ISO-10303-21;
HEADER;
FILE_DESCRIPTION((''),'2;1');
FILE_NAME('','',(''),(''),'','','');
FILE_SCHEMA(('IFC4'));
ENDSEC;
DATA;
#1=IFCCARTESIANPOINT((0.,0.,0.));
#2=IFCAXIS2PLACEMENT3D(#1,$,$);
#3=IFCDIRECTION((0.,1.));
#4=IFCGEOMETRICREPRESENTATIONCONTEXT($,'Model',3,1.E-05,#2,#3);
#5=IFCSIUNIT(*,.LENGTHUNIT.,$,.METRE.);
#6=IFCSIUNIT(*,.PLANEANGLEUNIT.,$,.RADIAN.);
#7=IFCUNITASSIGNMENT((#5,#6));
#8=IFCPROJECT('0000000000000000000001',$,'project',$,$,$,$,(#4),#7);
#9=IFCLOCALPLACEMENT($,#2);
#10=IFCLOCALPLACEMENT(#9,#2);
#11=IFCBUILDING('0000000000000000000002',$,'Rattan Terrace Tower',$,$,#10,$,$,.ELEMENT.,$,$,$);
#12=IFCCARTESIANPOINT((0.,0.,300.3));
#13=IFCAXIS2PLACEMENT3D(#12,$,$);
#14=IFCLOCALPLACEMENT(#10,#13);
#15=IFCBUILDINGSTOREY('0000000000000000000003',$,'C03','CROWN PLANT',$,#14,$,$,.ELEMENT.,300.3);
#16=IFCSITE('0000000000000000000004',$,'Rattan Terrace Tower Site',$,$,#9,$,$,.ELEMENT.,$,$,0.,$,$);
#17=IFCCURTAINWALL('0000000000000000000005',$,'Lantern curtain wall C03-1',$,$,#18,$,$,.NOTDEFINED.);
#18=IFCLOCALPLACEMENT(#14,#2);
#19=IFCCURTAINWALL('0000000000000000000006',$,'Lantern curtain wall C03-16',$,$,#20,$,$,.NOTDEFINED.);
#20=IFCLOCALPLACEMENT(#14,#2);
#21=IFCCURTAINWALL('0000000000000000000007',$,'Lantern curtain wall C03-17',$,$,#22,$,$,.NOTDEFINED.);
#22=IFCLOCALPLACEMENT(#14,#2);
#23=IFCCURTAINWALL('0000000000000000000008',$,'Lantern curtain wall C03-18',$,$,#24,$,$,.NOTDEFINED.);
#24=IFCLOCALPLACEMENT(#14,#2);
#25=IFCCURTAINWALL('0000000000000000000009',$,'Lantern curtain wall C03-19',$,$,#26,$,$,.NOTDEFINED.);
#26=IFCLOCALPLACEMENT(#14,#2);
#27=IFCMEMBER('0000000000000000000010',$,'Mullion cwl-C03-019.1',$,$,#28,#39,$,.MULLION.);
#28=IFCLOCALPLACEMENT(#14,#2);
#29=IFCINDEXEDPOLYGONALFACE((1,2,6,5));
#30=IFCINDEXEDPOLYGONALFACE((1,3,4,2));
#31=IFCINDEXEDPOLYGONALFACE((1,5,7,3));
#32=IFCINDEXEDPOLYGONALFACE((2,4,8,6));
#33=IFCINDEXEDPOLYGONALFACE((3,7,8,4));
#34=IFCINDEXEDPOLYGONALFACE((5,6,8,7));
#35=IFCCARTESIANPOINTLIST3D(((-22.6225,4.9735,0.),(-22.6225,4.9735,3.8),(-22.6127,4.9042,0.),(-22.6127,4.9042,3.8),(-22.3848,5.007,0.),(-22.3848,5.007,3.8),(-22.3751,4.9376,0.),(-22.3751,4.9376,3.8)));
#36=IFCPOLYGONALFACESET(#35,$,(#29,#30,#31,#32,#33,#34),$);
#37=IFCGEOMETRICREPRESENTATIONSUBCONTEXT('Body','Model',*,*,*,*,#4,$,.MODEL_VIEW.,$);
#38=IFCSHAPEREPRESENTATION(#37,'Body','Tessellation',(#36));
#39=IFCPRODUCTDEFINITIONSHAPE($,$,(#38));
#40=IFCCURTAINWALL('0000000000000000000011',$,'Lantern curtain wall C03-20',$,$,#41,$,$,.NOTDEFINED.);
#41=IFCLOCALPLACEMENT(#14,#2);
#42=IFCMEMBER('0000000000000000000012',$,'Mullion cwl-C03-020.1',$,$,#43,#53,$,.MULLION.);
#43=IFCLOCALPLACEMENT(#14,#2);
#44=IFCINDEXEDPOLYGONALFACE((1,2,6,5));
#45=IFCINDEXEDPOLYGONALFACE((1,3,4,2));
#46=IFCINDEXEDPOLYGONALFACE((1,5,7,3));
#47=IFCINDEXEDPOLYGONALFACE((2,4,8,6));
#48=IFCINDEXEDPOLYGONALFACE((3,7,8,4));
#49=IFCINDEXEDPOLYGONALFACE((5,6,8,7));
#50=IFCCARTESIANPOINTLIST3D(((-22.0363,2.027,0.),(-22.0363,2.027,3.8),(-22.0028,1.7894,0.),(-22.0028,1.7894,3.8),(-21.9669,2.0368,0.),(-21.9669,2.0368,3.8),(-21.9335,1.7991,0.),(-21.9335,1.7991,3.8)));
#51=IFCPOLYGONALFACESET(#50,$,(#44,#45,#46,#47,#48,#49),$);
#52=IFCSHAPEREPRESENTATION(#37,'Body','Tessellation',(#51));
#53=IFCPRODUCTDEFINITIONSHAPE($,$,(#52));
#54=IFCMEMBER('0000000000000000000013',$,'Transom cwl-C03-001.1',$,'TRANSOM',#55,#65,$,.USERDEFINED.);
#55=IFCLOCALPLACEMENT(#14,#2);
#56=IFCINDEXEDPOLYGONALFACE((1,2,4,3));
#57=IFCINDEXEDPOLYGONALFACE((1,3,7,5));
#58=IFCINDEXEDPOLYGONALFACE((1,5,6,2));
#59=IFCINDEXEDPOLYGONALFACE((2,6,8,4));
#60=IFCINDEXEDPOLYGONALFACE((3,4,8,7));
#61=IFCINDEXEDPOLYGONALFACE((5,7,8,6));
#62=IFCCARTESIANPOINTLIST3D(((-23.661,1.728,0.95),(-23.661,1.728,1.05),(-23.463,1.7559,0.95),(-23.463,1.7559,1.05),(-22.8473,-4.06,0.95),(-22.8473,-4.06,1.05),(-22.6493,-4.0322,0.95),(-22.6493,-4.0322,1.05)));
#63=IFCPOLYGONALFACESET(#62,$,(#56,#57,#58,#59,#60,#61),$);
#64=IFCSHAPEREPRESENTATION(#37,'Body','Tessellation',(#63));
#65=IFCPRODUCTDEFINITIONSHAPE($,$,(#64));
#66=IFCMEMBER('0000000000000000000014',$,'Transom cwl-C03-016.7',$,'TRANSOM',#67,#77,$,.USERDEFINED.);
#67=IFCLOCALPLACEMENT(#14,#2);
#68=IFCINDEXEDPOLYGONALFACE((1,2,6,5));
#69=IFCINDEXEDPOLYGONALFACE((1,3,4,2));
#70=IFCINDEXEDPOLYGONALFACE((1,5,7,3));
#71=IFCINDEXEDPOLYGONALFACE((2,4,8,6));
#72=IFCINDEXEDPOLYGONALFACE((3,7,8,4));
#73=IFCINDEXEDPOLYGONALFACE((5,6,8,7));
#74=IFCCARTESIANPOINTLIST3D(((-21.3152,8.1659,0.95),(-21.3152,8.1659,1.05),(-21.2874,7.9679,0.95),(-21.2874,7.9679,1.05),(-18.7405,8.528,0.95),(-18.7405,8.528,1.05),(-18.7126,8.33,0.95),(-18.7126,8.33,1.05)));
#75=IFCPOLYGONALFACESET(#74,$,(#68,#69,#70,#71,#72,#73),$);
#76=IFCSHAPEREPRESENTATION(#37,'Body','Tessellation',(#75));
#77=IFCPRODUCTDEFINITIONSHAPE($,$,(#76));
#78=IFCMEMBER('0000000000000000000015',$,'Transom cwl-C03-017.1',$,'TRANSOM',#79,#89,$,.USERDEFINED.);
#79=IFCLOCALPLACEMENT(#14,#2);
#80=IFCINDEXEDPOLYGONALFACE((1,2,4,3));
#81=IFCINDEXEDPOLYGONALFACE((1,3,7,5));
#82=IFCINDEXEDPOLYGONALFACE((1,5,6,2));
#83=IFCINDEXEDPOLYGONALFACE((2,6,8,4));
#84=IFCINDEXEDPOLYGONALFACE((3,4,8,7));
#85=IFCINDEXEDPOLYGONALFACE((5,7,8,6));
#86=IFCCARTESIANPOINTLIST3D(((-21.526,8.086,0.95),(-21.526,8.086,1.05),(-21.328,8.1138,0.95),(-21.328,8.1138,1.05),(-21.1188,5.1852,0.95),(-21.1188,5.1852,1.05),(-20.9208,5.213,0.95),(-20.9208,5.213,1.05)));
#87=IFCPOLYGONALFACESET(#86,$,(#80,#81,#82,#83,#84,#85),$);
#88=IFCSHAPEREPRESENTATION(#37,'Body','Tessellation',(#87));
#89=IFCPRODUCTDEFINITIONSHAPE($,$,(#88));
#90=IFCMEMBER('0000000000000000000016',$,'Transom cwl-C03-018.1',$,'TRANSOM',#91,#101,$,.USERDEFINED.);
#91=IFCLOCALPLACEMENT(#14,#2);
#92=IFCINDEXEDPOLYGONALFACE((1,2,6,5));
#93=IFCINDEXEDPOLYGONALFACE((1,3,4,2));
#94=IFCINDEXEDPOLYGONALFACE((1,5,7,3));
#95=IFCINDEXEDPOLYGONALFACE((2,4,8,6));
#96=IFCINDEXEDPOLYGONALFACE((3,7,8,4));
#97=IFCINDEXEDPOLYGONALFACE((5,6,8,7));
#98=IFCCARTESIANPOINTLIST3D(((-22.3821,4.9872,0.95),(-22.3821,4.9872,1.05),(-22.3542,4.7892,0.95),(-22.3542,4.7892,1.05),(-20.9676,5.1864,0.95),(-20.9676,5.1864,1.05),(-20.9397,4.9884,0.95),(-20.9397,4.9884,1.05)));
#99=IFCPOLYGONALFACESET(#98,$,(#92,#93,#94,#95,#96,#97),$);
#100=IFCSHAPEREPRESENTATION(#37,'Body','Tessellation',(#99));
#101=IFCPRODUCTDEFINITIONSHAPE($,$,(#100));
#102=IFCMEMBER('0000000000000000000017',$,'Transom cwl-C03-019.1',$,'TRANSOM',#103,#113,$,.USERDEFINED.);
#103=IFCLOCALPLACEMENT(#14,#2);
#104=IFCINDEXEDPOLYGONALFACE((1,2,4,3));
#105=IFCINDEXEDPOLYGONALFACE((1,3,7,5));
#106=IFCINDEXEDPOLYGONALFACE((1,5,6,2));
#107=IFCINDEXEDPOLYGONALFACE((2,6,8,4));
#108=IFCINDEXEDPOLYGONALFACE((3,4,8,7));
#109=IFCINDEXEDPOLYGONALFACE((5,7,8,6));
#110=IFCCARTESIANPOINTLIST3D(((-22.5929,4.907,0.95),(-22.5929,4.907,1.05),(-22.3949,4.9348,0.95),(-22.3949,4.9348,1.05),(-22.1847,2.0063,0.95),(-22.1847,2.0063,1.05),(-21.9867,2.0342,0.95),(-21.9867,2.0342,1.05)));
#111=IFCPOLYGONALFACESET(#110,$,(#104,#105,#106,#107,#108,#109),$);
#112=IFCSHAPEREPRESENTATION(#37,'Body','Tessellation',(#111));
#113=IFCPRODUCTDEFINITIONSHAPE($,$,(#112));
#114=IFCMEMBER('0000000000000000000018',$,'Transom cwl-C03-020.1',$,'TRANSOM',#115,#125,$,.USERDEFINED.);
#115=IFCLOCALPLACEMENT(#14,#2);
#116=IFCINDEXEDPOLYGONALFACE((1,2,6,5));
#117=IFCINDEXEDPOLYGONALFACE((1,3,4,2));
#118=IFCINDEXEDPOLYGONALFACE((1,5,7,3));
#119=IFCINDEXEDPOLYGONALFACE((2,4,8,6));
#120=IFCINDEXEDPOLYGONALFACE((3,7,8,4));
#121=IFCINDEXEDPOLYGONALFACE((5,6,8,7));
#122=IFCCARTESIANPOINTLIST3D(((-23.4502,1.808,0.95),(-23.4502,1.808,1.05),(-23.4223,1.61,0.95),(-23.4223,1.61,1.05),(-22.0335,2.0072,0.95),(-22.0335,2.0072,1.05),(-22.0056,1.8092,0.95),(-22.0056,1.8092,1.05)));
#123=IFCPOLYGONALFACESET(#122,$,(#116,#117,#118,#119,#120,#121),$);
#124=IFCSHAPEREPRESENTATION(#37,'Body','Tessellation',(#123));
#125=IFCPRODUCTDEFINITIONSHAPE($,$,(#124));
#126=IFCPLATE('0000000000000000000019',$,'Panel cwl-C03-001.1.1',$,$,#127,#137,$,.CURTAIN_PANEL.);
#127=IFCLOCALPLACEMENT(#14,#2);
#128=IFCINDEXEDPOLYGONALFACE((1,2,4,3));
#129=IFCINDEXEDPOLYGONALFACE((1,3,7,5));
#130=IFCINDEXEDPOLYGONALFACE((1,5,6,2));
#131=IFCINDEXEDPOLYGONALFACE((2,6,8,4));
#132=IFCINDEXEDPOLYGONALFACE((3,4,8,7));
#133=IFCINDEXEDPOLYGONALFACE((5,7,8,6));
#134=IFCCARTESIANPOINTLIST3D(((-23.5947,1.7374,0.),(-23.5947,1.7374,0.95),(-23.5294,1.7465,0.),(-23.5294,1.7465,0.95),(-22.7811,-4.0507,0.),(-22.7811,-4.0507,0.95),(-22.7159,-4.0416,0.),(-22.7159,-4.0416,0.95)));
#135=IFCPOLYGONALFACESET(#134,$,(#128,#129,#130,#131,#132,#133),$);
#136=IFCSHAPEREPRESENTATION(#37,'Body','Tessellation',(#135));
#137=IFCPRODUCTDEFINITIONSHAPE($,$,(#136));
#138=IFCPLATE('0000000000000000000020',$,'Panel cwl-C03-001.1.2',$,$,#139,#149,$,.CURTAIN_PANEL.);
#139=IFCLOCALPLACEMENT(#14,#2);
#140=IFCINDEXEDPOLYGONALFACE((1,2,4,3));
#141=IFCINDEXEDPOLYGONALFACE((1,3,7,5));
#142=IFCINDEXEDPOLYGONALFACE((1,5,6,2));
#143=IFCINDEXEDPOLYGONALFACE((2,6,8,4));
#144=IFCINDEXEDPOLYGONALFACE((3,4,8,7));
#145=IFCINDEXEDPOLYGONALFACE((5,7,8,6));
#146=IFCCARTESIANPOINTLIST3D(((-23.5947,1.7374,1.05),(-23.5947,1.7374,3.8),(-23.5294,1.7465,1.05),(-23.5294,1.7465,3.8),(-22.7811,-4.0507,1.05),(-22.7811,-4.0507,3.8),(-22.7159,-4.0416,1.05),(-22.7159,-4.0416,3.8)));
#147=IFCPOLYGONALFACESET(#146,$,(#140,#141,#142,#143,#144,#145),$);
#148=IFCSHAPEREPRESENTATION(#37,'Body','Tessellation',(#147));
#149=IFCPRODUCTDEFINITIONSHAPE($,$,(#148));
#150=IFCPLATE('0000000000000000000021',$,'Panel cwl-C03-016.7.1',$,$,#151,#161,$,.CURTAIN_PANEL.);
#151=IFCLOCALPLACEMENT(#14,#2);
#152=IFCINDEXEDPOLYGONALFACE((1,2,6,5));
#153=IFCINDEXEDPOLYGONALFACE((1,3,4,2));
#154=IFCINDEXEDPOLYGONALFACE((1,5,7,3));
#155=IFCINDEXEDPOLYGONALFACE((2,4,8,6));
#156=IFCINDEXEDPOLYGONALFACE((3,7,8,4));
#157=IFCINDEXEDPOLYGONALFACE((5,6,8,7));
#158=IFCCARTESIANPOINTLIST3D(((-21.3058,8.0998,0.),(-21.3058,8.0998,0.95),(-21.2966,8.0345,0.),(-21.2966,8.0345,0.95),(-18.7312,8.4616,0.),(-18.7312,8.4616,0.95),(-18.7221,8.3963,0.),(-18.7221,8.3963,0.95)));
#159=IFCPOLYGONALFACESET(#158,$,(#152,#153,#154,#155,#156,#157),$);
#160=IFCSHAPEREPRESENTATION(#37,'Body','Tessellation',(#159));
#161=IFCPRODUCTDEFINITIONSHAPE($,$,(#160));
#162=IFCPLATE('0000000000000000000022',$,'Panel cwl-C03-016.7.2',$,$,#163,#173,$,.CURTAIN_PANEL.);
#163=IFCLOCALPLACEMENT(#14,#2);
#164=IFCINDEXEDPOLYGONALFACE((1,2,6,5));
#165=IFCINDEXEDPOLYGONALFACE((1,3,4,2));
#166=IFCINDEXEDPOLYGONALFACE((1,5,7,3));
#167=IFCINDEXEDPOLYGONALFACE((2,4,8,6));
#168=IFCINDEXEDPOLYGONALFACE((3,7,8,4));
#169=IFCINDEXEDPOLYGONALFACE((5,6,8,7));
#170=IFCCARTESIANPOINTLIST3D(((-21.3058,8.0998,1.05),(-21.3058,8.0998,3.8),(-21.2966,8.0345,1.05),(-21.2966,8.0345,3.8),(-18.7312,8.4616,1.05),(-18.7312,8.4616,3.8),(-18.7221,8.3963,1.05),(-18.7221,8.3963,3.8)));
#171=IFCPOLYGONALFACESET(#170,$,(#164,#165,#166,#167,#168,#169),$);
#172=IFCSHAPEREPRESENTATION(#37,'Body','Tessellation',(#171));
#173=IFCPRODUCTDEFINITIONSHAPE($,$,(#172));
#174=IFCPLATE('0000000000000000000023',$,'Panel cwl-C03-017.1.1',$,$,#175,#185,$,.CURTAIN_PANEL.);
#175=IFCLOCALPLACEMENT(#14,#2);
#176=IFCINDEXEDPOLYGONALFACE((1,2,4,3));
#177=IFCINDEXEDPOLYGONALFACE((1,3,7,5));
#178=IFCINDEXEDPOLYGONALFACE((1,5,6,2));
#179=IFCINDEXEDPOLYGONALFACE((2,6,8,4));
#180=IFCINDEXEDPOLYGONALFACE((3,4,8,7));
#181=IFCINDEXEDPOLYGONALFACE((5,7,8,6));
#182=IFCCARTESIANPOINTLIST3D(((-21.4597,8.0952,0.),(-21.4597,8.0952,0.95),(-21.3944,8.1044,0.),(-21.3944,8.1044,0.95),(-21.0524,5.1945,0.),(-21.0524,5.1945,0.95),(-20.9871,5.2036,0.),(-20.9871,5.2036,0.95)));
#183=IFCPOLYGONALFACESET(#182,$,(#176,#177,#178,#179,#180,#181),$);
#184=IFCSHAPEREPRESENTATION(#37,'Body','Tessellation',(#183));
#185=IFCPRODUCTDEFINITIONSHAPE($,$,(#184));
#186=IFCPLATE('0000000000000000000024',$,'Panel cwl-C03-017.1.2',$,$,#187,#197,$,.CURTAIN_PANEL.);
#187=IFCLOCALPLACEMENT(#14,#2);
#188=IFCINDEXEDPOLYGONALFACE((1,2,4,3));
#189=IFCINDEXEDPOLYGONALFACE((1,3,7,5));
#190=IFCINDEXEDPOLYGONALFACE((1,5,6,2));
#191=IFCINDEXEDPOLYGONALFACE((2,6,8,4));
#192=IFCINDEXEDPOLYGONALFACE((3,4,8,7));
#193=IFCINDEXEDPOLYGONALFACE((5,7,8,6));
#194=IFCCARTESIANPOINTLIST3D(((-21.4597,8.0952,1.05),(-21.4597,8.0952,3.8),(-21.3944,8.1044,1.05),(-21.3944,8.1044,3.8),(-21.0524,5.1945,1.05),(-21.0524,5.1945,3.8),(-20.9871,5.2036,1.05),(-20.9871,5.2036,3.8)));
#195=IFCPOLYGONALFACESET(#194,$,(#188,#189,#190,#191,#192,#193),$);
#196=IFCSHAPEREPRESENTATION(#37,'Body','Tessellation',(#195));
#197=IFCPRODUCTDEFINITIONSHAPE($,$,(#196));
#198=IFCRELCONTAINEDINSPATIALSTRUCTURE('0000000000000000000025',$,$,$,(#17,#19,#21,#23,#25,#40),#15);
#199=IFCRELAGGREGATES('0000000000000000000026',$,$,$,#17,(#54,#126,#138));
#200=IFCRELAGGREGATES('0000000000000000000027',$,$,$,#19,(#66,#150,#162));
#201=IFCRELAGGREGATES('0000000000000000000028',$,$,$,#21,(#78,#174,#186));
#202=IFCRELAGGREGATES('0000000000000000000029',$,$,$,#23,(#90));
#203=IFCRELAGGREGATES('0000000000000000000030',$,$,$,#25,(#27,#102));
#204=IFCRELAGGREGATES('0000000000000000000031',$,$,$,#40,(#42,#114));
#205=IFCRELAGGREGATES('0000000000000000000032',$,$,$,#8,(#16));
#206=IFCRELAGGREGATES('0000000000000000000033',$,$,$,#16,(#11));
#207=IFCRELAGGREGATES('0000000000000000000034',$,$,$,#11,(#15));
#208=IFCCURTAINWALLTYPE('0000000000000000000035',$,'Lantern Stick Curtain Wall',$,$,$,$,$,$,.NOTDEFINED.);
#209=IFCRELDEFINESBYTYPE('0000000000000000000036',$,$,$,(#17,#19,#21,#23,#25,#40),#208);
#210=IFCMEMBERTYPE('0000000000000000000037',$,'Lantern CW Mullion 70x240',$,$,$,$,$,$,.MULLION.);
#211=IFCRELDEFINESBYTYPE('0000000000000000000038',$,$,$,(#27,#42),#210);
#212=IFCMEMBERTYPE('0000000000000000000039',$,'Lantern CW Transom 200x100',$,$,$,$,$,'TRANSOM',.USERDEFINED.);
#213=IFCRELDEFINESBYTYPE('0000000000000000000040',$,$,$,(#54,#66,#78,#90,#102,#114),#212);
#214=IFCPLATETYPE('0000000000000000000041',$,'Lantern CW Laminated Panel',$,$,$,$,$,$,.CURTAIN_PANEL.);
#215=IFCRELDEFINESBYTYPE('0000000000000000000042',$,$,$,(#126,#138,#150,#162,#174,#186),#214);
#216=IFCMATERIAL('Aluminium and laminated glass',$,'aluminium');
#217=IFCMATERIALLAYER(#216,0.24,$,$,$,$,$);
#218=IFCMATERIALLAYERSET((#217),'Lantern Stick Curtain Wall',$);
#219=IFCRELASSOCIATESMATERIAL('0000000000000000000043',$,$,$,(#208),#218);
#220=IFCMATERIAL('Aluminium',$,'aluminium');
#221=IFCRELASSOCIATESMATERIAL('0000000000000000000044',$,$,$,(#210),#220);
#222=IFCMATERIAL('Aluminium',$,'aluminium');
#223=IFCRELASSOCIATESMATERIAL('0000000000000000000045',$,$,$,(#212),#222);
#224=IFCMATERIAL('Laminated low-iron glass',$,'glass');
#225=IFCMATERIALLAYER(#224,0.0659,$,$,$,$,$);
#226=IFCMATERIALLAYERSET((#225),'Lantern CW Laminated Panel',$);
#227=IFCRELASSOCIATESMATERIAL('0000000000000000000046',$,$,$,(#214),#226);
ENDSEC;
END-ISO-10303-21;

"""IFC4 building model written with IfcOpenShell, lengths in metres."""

from ifc_helpers import new_model, si_unit, direction, frame, origin, origin_2d, place, context, subcontext, project, spatial, rectangle, extrude, material, layer, layer_set, material_profile, profile_set, type_object, element, aggregate, save


model = new_model("IFC4")

# Units and contexts
model_context = context("Model", 3, precision=1e-05, world=origin(), true_north=direction((0.0, 1.0)))
body_context = subcontext(model_context, "Body", "Model", "MODEL_VIEW")
ifc_project = project(units=[si_unit("LENGTHUNIT", "METRE"), si_unit("PLANEANGLEUNIT", "RADIAN")], contexts=[model_context])

# Site, building, storey
site_placement = place(None, origin())
site = spatial("IfcSite", under=ifc_project, at=site_placement, Name="Rattan Terrace Tower Site", CompositionType="ELEMENT", RefElevation=0.0)
building_placement = place(site_placement, origin())
building = spatial("IfcBuilding", under=site, at=building_placement, Name="Rattan Terrace Tower", CompositionType="ELEMENT")
storey_placement = place(building_placement, frame((0.0, 0.0, 300.3)))
storey = spatial("IfcBuildingStorey", under=building, at=storey_placement, Name="C03", Description="CROWN PLANT", CompositionType="ELEMENT", Elevation=300.3)

# Curtain walls, members
ifc_material_1 = material(Name="Aluminium and laminated glass", Category="aluminium")
ifc_layer_1 = layer(ifc_material_1, 0.24)
ifc_layer_set_1 = layer_set([ifc_layer_1], Name="Lantern Stick Curtain Wall")
curtain_wall_type = type_object("IfcCurtainWallType", Name="Lantern Stick Curtain Wall", PredefinedType="NOTDEFINED", material=ifc_layer_set_1)
curtain_wall_1_placement = place(storey_placement, origin())
curtain_wall_1 = element("IfcCurtainWall", 1, at=curtain_wall_1_placement, inside=storey, type_object=curtain_wall_type, Name="Lantern curtain wall C03-1", PredefinedType="NOTDEFINED")
ifc_material_2 = material(Name="Aluminium", Category="aluminium")
ifc_material_profile_1 = material_profile(ifc_material_2, rectangle(XDim=0.0701, YDim=0.24, at=origin_2d()), Name="Aluminium 70x240")
ifc_profile_set_1 = profile_set([ifc_material_profile_1], Name="Aluminium")
member_type_1 = type_object("IfcMemberType", Name="Lantern CW Mullion 70x240", PredefinedType="MULLION", material=ifc_profile_set_1)
curtain_wall_2_placement = place(storey_placement, origin())
curtain_wall_2 = element("IfcCurtainWall", 2, at=curtain_wall_2_placement, inside=storey, type_object=curtain_wall_type, Name="Lantern curtain wall C03-16", PredefinedType="NOTDEFINED")
curtain_wall_3_placement = place(storey_placement, origin())
curtain_wall_3 = element("IfcCurtainWall", 3, at=curtain_wall_3_placement, inside=storey, type_object=curtain_wall_type, Name="Lantern curtain wall C03-17", PredefinedType="NOTDEFINED")
curtain_wall_4_placement = place(storey_placement, origin())
curtain_wall_4 = element("IfcCurtainWall", 4, at=curtain_wall_4_placement, inside=storey, type_object=curtain_wall_type, Name="Lantern curtain wall C03-18", PredefinedType="NOTDEFINED")
curtain_wall_5_placement = place(storey_placement, origin())
curtain_wall_5 = element("IfcCurtainWall", 5, at=curtain_wall_5_placement, inside=storey, type_object=curtain_wall_type, Name="Lantern curtain wall C03-19", PredefinedType="NOTDEFINED")
member_1_placement = place(storey_placement, frame((-22.4988, 4.9556, 0.0), z_axis=(0.0, 0.0, 1.0), x_axis=(0.139367, -0.990241, 0.0)))
member_1 = element("IfcMember", 6, at=member_1_placement, type_object=member_type_1, Name="Mullion cwl-C03-019.1", PredefinedType="MULLION", context=body_context, shape_type="SweptSolid", body=[
    extrude(rectangle(XDim=0.0701, YDim=0.24, at=origin_2d()), origin(), (0.0, 0.0, 1.0), 3.8),
])
curtain_wall_6_placement = place(storey_placement, origin())
curtain_wall_6 = element("IfcCurtainWall", 7, at=curtain_wall_6_placement, inside=storey, type_object=curtain_wall_type, Name="Lantern curtain wall C03-20", PredefinedType="NOTDEFINED")
member_2_placement = place(storey_placement, frame((-21.9849, 1.9131, 0.0), z_axis=(0.0, 0.0, 1.0), x_axis=(-0.990254, -0.139275, 0.0)))
member_2 = element("IfcMember", 8, at=member_2_placement, type_object=member_type_1, Name="Mullion cwl-C03-020.1", PredefinedType="MULLION", context=body_context, shape_type="SweptSolid", body=[
    extrude(rectangle(XDim=0.0701, YDim=0.24, at=origin_2d()), origin(), (0.0, 0.0, 1.0), 3.8),
])

# Members
ifc_material_3 = material(Name="Aluminium", Category="aluminium")
ifc_material_profile_2 = material_profile(ifc_material_3, rectangle(XDim=0.2, YDim=0.1001, at=origin_2d()), Name="Aluminium 200x100")
ifc_profile_set_2 = profile_set([ifc_material_profile_2], Name="Aluminium")
member_type_2 = type_object("IfcMemberType", Name="Lantern CW Transom 200x100", ElementType="TRANSOM", PredefinedType="USERDEFINED", material=ifc_profile_set_2)
member_3_placement = place(storey_placement, frame((-23.562, 1.7419, 1.0), z_axis=(0.139216, -0.990262, 0.0), x_axis=(0.990262, 0.139216, 0.0)))
member_3 = element("IfcMember", 9, at=member_3_placement, type_object=member_type_2, Name="Transom cwl-C03-001.1", ObjectType="TRANSOM", PredefinedType="USERDEFINED", context=body_context, shape_type="SweptSolid", body=[
    extrude(rectangle(XDim=0.2, YDim=0.1001, at=origin_2d()), origin(), (0.0, 0.0, 1.0), 5.845),
])
member_4_placement = place(storey_placement, frame((-18.7266, 8.429, 1.0), z_axis=(-0.990257, -0.139252, 0.0), x_axis=(0.139252, -0.990257, 0.0)))
member_4 = element("IfcMember", 10, at=member_4_placement, type_object=member_type_2, Name="Transom cwl-C03-016.7", ObjectType="TRANSOM", PredefinedType="USERDEFINED", context=body_context, shape_type="SweptSolid", body=[
    extrude(rectangle(XDim=0.2, YDim=0.1001, at=origin_2d()), origin(), (0.0, 0.0, 1.0), 2.6001),
])
member_5_placement = place(storey_placement, frame((-21.427, 8.0999, 1.0), z_axis=(0.139029, -0.990288, 0.0), x_axis=(0.990288, 0.139029, 0.0)))
member_5 = element("IfcMember", 11, at=member_5_placement, type_object=member_type_2, Name="Transom cwl-C03-017.1", ObjectType="TRANSOM", PredefinedType="USERDEFINED", context=body_context, shape_type="SweptSolid", body=[
    extrude(rectangle(XDim=0.2, YDim=0.1001, at=origin_2d()), origin(), (0.0, 0.0, 1.0), 2.9292),
])
member_6_placement = place(storey_placement, frame((-20.9536, 5.0874, 1.0), z_axis=(-0.990228, -0.139459, 0.0), x_axis=(0.139459, -0.990228, 0.0)))
member_6 = element("IfcMember", 12, at=member_6_placement, type_object=member_type_2, Name="Transom cwl-C03-018.1", ObjectType="TRANSOM", PredefinedType="USERDEFINED", context=body_context, shape_type="SweptSolid", body=[
    extrude(rectangle(XDim=0.2, YDim=0.1001, at=origin_2d()), origin(), (0.0, 0.0, 1.0), 1.4285),
])
member_7_placement = place(storey_placement, frame((-22.4939, 4.9209, 1.0), z_axis=(0.139356, -0.990242, 0.0), x_axis=(0.990242, 0.139356, 0.0)))
member_7 = element("IfcMember", 13, at=member_7_placement, type_object=member_type_2, Name="Transom cwl-C03-019.1", ObjectType="TRANSOM", PredefinedType="USERDEFINED", context=body_context, shape_type="SweptSolid", body=[
    extrude(rectangle(XDim=0.2, YDim=0.1001, at=origin_2d()), origin(), (0.0, 0.0, 1.0), 2.9292),
])
member_8_placement = place(storey_placement, frame((-22.0195, 1.9082, 1.0), z_axis=(-0.990258, -0.139247, 0.0), x_axis=(0.139247, -0.990258, 0.0)))
member_8 = element("IfcMember", 14, at=member_8_placement, type_object=member_type_2, Name="Transom cwl-C03-020.1", ObjectType="TRANSOM", PredefinedType="USERDEFINED", context=body_context, shape_type="SweptSolid", body=[
    extrude(rectangle(XDim=0.2, YDim=0.1001, at=origin_2d()), origin(), (0.0, 0.0, 1.0), 1.4307),
])

# Plates
ifc_material_4 = material(Name="Laminated low-iron glass", Category="glass")
ifc_layer_2 = layer(ifc_material_4, 0.0659)
ifc_layer_set_2 = layer_set([ifc_layer_2], Name="Lantern CW Laminated Panel")
plate_type = type_object("IfcPlateType", Name="Lantern CW Laminated Panel", PredefinedType="CURTAIN_PANEL", material=ifc_layer_set_2)
plate_1_placement = place(storey_placement, frame((-23.1553, -1.1521, 0.0), z_axis=(0.0, 0.0, 1.0), x_axis=(0.139188, -0.990266, 0.0)))
plate_1 = element("IfcPlate", 15, at=plate_1_placement, type_object=plate_type, Name="Panel cwl-C03-001.1.1", PredefinedType="CURTAIN_PANEL", context=body_context, shape_type="SweptSolid", body=[
    extrude(rectangle(XDim=5.845, YDim=0.0659, at=origin_2d()), origin(), (0.0, 0.0, 1.0), 0.95),
])
plate_2_placement = place(storey_placement, frame((-23.1553, -1.1521, 1.05), z_axis=(0.0, 0.0, 1.0), x_axis=(0.139188, -0.990266, 0.0)))
plate_2 = element("IfcPlate", 16, at=plate_2_placement, type_object=plate_type, Name="Panel cwl-C03-001.1.2", PredefinedType="CURTAIN_PANEL", context=body_context, shape_type="SweptSolid", body=[
    extrude(rectangle(XDim=5.845, YDim=0.0659, at=origin_2d()), origin(), (0.0, 0.0, 1.0), 2.75),
])
aggregate(curtain_wall_1, [member_3, plate_1, plate_2])
plate_3_placement = place(storey_placement, frame((-20.0139, 8.248, 0.0), z_axis=(0.0, 0.0, 1.0), x_axis=(-0.990267, -0.139181, 0.0)))
plate_3 = element("IfcPlate", 17, at=plate_3_placement, type_object=plate_type, Name="Panel cwl-C03-016.7.1", PredefinedType="CURTAIN_PANEL", context=body_context, shape_type="SweptSolid", body=[
    extrude(rectangle(XDim=2.5999, YDim=0.0659, at=origin_2d()), origin(), (0.0, 0.0, 1.0), 0.95),
])
plate_4_placement = place(storey_placement, frame((-20.0139, 8.248, 1.05), z_axis=(0.0, 0.0, 1.0), x_axis=(-0.990267, -0.139181, 0.0)))
plate_4 = element("IfcPlate", 18, at=plate_4_placement, type_object=plate_type, Name="Panel cwl-C03-016.7.2", PredefinedType="CURTAIN_PANEL", context=body_context, shape_type="SweptSolid", body=[
    extrude(rectangle(XDim=2.5999, YDim=0.0659, at=origin_2d()), origin(), (0.0, 0.0, 1.0), 2.75),
])
aggregate(curtain_wall_2, [member_4, plate_3, plate_4])
plate_5_placement = place(storey_placement, frame((-21.2234, 6.6494, 0.0), z_axis=(0.0, 0.0, 1.0), x_axis=(0.13904, -0.990287, 0.0)))
plate_5 = element("IfcPlate", 19, at=plate_5_placement, type_object=plate_type, Name="Panel cwl-C03-017.1.1", PredefinedType="CURTAIN_PANEL", context=body_context, shape_type="SweptSolid", body=[
    extrude(rectangle(XDim=2.9292, YDim=0.0659, at=origin_2d()), origin(), (0.0, 0.0, 1.0), 0.95),
])
plate_6_placement = place(storey_placement, frame((-21.2234, 6.6494, 1.05), z_axis=(0.0, 0.0, 1.0), x_axis=(0.13904, -0.990287, 0.0)))
plate_6 = element("IfcPlate", 20, at=plate_6_placement, type_object=plate_type, Name="Panel cwl-C03-017.1.2", PredefinedType="CURTAIN_PANEL", context=body_context, shape_type="SweptSolid", body=[
    extrude(rectangle(XDim=2.9292, YDim=0.0659, at=origin_2d()), origin(), (0.0, 0.0, 1.0), 2.75),
])
aggregate(curtain_wall_3, [member_5, plate_5, plate_6])
aggregate(curtain_wall_4, [member_6])
aggregate(curtain_wall_5, [member_1, member_7])
aggregate(curtain_wall_6, [member_2, member_8])

save(model, "model.ifc")
